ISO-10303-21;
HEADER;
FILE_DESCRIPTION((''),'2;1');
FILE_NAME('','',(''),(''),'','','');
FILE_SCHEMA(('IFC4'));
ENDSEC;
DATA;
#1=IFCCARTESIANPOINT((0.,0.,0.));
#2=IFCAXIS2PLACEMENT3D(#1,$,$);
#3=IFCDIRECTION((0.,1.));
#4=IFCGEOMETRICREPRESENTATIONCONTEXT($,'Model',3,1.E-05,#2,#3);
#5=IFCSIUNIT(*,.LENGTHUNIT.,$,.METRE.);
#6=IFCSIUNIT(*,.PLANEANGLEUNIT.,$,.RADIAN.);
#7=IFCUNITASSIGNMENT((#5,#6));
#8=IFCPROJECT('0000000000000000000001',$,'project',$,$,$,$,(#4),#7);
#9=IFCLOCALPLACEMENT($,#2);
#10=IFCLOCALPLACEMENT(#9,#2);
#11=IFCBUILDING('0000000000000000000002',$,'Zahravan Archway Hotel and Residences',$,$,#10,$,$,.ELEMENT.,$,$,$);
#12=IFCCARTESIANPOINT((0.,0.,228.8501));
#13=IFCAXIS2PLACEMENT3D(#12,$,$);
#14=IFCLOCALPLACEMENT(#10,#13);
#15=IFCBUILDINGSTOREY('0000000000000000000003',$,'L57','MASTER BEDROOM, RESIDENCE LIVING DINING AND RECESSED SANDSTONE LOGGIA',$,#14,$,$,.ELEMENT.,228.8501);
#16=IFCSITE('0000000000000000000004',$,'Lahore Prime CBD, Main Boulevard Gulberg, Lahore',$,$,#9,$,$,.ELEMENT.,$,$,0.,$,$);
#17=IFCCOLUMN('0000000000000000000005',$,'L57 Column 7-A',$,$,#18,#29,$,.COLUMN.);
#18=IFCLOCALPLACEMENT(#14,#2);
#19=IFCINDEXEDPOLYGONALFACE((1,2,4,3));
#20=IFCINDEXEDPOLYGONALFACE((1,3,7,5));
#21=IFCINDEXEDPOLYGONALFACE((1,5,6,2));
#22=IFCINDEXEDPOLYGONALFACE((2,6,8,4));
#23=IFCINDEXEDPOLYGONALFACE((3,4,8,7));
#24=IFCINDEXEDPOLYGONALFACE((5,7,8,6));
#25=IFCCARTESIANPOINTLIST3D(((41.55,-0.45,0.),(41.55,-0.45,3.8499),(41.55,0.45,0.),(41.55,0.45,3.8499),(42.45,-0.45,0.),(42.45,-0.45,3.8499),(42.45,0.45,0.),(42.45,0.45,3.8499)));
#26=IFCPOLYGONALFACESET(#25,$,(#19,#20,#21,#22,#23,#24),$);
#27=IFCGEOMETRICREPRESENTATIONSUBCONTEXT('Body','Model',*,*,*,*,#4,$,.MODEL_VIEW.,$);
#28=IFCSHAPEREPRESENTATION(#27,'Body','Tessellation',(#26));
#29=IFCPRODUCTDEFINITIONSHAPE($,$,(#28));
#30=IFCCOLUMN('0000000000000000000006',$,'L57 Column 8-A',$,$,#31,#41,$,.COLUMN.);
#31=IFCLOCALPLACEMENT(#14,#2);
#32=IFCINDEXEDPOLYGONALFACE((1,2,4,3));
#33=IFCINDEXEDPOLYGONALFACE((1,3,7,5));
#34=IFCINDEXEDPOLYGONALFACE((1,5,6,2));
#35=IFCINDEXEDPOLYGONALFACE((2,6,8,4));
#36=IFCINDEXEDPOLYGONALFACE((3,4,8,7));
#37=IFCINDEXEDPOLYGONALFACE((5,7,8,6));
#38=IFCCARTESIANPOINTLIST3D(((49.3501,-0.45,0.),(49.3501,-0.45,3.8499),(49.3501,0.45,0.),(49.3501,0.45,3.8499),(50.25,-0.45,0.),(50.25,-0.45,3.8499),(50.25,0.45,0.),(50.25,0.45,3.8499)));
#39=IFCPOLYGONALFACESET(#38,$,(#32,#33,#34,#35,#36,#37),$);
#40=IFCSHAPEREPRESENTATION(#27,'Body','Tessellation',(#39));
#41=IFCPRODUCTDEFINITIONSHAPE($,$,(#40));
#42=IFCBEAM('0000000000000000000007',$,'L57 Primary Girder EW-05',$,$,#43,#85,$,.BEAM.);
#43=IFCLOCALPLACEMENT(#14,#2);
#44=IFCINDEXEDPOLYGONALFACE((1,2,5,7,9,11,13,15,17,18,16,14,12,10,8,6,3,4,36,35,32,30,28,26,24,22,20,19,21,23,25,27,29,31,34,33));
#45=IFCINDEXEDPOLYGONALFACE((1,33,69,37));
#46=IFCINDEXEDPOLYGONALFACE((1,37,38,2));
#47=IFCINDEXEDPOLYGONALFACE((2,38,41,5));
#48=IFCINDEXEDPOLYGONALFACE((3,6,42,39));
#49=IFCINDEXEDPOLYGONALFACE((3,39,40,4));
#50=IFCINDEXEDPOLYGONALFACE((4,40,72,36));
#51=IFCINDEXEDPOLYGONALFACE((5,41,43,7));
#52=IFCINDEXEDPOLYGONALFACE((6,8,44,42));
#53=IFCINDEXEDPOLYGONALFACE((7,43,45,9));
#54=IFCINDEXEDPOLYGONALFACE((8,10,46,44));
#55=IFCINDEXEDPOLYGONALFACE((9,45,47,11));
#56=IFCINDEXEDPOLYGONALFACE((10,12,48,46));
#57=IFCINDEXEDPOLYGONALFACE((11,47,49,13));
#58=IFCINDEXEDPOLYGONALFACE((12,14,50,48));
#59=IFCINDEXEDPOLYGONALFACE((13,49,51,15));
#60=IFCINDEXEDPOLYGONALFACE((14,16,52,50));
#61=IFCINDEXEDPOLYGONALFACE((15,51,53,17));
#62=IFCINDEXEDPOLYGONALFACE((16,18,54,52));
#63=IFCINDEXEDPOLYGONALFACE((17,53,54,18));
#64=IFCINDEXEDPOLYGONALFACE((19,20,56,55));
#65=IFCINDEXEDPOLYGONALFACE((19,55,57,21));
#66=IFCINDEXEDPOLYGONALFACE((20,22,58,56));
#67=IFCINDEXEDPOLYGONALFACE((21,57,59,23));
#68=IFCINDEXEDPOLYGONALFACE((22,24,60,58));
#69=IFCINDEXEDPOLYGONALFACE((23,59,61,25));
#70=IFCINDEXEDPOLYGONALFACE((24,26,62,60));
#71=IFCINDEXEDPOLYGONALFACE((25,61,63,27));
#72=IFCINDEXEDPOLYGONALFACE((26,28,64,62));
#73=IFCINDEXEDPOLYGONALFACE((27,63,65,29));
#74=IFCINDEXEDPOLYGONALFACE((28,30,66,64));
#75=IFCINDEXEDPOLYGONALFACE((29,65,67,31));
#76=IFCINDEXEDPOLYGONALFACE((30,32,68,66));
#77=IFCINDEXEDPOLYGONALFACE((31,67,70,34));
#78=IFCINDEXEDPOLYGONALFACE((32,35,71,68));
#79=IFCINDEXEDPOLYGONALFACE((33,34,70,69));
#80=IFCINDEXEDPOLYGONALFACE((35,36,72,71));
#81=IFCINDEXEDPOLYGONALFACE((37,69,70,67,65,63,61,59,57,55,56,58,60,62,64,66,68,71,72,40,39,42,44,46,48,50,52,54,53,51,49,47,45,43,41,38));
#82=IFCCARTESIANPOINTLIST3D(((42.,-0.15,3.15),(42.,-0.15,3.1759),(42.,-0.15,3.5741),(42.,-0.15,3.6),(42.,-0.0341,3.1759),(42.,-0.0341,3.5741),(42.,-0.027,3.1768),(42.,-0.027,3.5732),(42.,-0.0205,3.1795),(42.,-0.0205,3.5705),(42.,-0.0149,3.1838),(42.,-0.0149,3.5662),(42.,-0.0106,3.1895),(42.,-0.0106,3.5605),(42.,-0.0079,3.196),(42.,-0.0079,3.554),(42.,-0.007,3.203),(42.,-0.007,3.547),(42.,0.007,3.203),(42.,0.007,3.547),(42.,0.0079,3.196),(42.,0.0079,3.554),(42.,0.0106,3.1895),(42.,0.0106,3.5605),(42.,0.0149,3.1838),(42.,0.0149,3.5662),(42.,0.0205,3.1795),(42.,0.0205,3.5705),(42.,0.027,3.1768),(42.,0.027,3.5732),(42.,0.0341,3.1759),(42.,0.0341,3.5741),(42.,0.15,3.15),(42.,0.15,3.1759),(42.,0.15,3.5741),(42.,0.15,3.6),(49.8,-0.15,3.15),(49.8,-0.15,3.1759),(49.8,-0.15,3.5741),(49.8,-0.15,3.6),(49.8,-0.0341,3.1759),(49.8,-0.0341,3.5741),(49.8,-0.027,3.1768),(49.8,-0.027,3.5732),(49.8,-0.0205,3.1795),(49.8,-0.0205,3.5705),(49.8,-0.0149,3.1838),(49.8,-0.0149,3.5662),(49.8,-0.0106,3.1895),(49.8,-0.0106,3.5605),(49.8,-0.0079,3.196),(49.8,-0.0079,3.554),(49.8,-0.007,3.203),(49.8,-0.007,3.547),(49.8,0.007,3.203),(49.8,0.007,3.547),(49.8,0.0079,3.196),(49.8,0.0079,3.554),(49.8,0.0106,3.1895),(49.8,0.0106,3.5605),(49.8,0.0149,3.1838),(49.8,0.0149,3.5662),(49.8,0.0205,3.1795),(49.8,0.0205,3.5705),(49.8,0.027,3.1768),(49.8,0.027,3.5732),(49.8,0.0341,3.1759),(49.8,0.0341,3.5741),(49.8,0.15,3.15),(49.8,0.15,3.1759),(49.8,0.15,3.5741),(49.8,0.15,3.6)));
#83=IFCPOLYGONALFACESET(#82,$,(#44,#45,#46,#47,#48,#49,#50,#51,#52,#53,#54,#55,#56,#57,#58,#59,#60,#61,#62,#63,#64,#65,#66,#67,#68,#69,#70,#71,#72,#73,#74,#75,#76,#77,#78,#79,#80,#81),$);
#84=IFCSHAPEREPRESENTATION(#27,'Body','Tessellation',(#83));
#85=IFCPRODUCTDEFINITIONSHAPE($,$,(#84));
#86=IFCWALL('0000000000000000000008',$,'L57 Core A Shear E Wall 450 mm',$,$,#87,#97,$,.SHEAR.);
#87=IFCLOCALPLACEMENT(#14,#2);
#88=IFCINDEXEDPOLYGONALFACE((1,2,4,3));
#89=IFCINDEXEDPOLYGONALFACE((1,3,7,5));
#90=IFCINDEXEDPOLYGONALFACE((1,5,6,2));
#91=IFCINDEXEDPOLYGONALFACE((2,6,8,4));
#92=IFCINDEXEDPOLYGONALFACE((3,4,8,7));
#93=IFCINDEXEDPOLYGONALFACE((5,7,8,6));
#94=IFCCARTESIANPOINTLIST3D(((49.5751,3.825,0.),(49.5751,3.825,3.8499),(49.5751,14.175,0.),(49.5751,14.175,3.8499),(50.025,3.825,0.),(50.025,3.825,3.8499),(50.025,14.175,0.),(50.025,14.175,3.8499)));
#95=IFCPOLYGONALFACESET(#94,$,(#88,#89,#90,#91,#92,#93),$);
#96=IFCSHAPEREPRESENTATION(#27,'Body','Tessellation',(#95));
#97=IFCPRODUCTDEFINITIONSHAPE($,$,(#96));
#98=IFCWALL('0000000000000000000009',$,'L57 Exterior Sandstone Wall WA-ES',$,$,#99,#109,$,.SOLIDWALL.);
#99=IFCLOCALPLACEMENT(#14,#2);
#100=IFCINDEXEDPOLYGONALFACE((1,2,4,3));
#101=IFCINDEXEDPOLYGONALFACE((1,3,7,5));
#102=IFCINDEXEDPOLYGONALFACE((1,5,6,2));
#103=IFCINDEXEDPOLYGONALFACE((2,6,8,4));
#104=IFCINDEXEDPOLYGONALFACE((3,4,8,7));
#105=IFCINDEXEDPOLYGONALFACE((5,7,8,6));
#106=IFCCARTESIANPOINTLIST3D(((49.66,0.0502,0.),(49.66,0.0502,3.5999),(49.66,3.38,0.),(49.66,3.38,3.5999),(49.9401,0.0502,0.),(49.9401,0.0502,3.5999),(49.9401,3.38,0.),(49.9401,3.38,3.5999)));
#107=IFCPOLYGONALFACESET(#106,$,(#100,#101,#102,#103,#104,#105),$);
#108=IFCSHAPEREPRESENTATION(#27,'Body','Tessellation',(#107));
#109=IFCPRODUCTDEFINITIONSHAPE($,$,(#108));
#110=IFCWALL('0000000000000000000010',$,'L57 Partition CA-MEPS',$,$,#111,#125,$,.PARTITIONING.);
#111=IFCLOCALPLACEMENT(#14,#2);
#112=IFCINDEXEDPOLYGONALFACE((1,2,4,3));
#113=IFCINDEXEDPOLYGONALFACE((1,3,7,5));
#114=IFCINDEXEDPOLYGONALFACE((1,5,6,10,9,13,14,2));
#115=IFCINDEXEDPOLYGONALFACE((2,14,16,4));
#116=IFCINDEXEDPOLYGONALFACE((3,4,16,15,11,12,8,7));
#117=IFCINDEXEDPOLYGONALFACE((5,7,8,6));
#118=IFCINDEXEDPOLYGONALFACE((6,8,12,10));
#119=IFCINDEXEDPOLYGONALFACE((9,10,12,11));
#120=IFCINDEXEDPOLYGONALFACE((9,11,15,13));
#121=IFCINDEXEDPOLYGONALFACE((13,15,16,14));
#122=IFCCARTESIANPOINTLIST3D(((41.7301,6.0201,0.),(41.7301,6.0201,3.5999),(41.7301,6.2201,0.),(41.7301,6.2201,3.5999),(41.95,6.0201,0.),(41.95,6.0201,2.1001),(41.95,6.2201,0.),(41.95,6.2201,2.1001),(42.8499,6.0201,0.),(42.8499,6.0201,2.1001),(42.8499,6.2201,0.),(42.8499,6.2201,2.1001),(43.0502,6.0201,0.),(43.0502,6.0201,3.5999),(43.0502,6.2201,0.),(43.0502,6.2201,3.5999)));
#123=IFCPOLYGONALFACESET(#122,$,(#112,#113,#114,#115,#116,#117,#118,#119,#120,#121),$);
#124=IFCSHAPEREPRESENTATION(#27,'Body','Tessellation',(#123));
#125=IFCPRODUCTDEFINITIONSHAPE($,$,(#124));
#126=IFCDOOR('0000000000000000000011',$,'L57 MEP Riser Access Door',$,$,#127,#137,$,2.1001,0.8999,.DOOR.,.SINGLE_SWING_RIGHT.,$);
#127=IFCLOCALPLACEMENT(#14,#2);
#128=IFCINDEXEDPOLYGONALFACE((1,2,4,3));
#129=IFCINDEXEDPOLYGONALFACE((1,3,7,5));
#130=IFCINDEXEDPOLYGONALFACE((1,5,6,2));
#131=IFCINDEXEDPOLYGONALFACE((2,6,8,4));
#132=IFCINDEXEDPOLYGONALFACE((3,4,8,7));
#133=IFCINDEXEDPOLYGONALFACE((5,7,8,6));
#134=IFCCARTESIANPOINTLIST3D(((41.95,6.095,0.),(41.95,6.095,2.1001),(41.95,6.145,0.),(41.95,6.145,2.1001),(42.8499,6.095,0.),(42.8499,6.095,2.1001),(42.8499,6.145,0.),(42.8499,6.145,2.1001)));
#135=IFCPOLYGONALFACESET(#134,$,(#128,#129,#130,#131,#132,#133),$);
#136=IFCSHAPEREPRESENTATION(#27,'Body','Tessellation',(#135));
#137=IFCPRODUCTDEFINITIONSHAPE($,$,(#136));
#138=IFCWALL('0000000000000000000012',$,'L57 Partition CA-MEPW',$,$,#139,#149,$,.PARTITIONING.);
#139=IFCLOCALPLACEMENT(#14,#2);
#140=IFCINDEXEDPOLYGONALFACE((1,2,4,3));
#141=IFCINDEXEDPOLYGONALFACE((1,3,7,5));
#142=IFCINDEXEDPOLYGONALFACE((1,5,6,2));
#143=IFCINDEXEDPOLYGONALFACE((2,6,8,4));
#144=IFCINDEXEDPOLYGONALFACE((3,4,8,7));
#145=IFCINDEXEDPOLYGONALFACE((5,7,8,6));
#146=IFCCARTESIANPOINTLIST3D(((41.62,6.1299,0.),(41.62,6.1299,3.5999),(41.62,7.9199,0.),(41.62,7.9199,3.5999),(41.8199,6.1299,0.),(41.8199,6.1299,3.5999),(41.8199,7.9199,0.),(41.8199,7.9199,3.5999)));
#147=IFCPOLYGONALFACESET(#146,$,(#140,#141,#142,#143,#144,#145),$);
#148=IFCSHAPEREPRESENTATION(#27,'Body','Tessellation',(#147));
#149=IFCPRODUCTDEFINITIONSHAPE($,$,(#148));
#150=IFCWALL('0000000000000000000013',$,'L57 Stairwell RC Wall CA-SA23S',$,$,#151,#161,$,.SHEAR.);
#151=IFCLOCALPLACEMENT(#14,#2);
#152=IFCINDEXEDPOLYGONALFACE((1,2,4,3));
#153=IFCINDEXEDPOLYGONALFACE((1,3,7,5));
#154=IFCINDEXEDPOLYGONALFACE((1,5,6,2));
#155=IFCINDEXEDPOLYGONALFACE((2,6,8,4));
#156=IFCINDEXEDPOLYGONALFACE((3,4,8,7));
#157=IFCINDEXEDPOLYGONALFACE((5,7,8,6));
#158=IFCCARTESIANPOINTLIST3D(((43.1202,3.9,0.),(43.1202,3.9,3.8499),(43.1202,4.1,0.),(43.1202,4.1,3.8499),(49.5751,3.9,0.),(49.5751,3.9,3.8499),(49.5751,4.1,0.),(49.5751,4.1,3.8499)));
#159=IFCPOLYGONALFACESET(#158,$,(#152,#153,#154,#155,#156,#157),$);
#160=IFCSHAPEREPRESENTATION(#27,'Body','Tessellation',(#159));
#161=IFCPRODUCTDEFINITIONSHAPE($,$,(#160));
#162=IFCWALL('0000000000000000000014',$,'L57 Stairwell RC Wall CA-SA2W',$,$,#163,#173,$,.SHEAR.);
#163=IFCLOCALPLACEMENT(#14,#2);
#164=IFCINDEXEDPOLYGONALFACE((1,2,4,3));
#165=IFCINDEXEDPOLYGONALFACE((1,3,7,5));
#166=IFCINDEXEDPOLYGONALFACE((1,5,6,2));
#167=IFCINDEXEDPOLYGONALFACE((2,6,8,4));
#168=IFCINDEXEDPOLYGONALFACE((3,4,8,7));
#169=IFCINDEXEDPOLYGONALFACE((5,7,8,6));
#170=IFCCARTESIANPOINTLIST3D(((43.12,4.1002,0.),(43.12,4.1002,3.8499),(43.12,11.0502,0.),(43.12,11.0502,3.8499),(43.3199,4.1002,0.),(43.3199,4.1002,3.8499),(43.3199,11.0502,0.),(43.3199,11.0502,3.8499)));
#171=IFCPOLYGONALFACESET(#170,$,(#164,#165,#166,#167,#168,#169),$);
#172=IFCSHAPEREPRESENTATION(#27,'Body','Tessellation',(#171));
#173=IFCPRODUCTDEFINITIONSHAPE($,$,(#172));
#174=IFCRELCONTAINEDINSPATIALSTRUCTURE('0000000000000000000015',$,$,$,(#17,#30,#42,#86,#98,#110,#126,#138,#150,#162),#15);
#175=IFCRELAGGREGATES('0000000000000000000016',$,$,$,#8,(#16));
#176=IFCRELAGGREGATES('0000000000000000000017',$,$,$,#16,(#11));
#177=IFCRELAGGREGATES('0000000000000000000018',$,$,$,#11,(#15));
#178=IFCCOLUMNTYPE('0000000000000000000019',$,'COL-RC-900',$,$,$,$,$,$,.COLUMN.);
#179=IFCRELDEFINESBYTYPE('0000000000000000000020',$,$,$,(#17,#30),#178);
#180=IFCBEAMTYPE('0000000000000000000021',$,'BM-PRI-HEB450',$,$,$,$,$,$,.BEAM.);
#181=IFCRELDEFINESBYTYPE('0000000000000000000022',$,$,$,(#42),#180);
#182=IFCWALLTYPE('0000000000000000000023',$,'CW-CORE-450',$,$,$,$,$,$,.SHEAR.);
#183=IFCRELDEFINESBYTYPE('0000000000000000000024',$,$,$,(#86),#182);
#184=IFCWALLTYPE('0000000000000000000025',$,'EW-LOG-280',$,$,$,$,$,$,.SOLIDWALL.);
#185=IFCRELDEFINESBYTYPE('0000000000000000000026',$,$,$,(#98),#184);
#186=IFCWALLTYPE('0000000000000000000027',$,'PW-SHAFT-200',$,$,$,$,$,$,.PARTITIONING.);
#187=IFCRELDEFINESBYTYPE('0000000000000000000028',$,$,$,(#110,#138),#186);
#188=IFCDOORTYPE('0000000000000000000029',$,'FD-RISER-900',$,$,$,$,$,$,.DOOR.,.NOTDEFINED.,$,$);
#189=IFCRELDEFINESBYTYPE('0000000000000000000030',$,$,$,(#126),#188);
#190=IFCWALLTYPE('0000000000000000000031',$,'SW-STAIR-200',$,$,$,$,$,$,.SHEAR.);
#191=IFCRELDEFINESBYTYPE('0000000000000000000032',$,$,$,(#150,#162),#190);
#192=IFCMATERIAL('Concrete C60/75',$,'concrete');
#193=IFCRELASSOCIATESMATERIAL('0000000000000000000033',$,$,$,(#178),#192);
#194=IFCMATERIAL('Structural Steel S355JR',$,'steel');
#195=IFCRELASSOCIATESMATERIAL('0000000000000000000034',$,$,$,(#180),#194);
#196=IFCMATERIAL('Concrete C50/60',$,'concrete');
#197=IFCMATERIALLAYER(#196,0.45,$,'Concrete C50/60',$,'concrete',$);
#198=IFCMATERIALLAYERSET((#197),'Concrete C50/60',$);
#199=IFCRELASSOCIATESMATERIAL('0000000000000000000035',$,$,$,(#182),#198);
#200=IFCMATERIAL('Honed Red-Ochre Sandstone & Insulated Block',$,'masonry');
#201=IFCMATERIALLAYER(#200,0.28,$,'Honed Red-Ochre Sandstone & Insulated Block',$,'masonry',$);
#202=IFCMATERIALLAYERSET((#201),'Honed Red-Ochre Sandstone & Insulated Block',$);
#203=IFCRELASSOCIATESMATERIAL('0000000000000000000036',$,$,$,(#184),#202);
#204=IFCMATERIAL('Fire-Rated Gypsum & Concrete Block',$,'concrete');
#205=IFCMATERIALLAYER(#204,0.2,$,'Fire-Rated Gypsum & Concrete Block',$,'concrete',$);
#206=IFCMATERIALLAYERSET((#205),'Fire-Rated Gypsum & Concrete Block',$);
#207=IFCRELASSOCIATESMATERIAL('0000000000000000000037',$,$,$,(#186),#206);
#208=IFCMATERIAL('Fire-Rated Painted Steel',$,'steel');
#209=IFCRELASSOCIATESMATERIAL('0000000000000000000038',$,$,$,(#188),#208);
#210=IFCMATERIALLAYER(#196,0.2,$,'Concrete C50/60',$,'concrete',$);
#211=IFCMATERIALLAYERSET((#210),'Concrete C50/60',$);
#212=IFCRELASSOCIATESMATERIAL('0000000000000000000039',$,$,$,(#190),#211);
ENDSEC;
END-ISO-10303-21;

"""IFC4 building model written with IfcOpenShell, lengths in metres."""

from ifc_helpers import new_model, si_unit, direction, frame, frame_2d, origin, origin_2d, place, context, subcontext, project, spatial, rectangle, i_section, extrude, source, transform, mapped, material, layer, layer_set, material_profile, profile_set, type_object, type_shapes, element, fill, save


model = new_model("IFC4")

# Units and contexts
model_context = context("Model", 3, precision=1e-05, world=origin(), true_north=direction((0.0, 1.0)))
body_context = subcontext(model_context, "Body", "Model", "MODEL_VIEW")
ifc_project = project(units=[si_unit("LENGTHUNIT", "METRE"), si_unit("PLANEANGLEUNIT", "RADIAN")], contexts=[model_context])

# Site, building, storey
site_placement = place(None, origin())
site = spatial("IfcSite", under=ifc_project, at=site_placement, Name="Lahore Prime CBD, Main Boulevard Gulberg, Lahore", CompositionType="ELEMENT", RefElevation=0.0)
building_placement = place(site_placement, origin())
building = spatial("IfcBuilding", under=site, at=building_placement, Name="Zahravan Archway Hotel and Residences", CompositionType="ELEMENT")
storey_placement = place(building_placement, frame((0.0, 0.0, 228.8501)))
storey = spatial("IfcBuildingStorey", under=building, at=storey_placement, Name="L57", Description="MASTER BEDROOM, RESIDENCE LIVING DINING AND RECESSED SANDSTONE LOGGIA", CompositionType="ELEMENT", Elevation=228.8501)

# Columns
ifc_material_1 = material(Name="Concrete C60/75", Category="concrete")
ifc_material_profile_1 = material_profile(ifc_material_1, rectangle(XDim=0.8999, YDim=0.8999, at=origin_2d()), Name="RC-COL-900x900", Category="concrete")
ifc_profile_set_1 = profile_set([ifc_material_profile_1], Name="Concrete C60/75")
column_type = type_object("IfcColumnType", Name="COL-RC-900", PredefinedType="COLUMN", material=ifc_profile_set_1)
shared_shape_1 = source(origin(), body_context, "Body", "SweptSolid", [
    extrude(rectangle(XDim=0.8999, YDim=0.8999, at=origin_2d()), origin(), (0.0, 0.0, 1.0), 3.8499),
])
for number, where, z_axis, x_axis, name in (
    (1, (42.0, 0.0, 0.0), (0.0, 0.0, 1.0), (1.0, 0.0, 0.0), "L57 Column 7-A"),
    (2, (49.8, 0.0, 0.0), (0.0, 0.0, 1.0), (1.0, 0.0, 0.0), "L57 Column 8-A"),
):
    element("IfcColumn", number, at=place(storey_placement, frame(where, z_axis=z_axis, x_axis=x_axis)), inside=storey, type_object=column_type, Name=name, PredefinedType="COLUMN", context=body_context, shape_type="MappedRepresentation", body=[
        mapped(shared_shape_1, transform((0.0, 0.0, 0.0), scale=1.0)),
    ])

# Beam
ifc_material_2 = material(Name="Structural Steel S355JR", Category="steel")
ifc_material_profile_2 = material_profile(ifc_material_2, i_section(OverallWidth=0.3, OverallDepth=0.45, WebThickness=0.0139, FlangeThickness=0.0259, FilletRadius=0.0271, at=origin_2d()), Name="HEB 450", Category="steel")
ifc_profile_set_2 = profile_set([ifc_material_profile_2], Name="Structural Steel S355JR")
beam_type = type_object("IfcBeamType", Name="BM-PRI-HEB450", PredefinedType="BEAM", material=ifc_profile_set_2)
shared_shape_2 = source(origin(), body_context, "Body", "SweptSolid", [
    extrude(i_section(OverallWidth=0.3, OverallDepth=0.45, WebThickness=0.0139, FlangeThickness=0.0259, FilletRadius=0.0271, at=origin_2d()), origin(), (0.0, 0.0, 1.0), 7.8),
])
beam_placement = place(storey_placement, frame((42.0, 0.0, 3.375), z_axis=(1.0, 0.0, 0.0), x_axis=(0.0, 1.0, 0.0)))
element("IfcBeam", 3, at=beam_placement, inside=storey, type_object=beam_type, Name="L57 Primary Girder EW-05", PredefinedType="BEAM", context=body_context, shape_type="MappedRepresentation", body=[
    mapped(shared_shape_2, transform((0.0, 0.0, 0.0), scale=1.0)),
])

# Walls
ifc_material_3 = material(Name="Concrete C50/60", Category="concrete")
ifc_layer_1 = layer(ifc_material_3, 0.45, Name="Concrete C50/60", Category="concrete")
ifc_layer_set_1 = layer_set([ifc_layer_1], Name="Concrete C50/60")
wall_type_1 = type_object("IfcWallType", Name="CW-CORE-450", PredefinedType="SHEAR", material=ifc_layer_set_1)
wall_1_placement = place(storey_placement, frame((49.8, 3.825, 0.0), z_axis=(0.0, 0.0, 1.0), x_axis=(0.0, 1.0, 0.0)))
element("IfcWall", 4, at=wall_1_placement, inside=storey, type_object=wall_type_1, Name="L57 Core A Shear E Wall 450 mm", PredefinedType="SHEAR", context=body_context, shape_type="SweptSolid", body=[
    extrude(rectangle(XDim=10.3501, YDim=0.45, at=frame_2d((5.175, 0.0))), origin(), (0.0, 0.0, 1.0), 3.8499),
])
ifc_material_4 = material(Name="Honed Red-Ochre Sandstone & Insulated Block", Category="masonry")
ifc_layer_2 = layer(ifc_material_4, 0.28, Name="Honed Red-Ochre Sandstone & Insulated Block", Category="masonry")
ifc_layer_set_2 = layer_set([ifc_layer_2], Name="Honed Red-Ochre Sandstone & Insulated Block")
wall_type_2 = type_object("IfcWallType", Name="EW-LOG-280", PredefinedType="SOLIDWALL", material=ifc_layer_set_2)
wall_2_placement = place(storey_placement, frame((49.8, 0.05, 0.0), z_axis=(0.0, 0.0, 1.0), x_axis=(0.0, 1.0, 0.0)))
element("IfcWall", 5, at=wall_2_placement, inside=storey, type_object=wall_type_2, Name="L57 Exterior Sandstone Wall WA-ES", PredefinedType="SOLIDWALL", context=body_context, shape_type="SweptSolid", body=[
    extrude(rectangle(XDim=3.3298, YDim=0.28, at=frame_2d((1.665, 0.0))), origin(), (0.0, 0.0, 1.0), 3.5999),
])

# Wall, opening, door
ifc_material_5 = material(Name="Fire-Rated Gypsum & Concrete Block", Category="concrete")
ifc_layer_3 = layer(ifc_material_5, 0.2, Name="Fire-Rated Gypsum & Concrete Block", Category="concrete")
ifc_layer_set_3 = layer_set([ifc_layer_3], Name="Fire-Rated Gypsum & Concrete Block")
wall_type_3 = type_object("IfcWallType", Name="PW-SHAFT-200", PredefinedType="PARTITIONING", material=ifc_layer_set_3)
wall_3_placement = place(storey_placement, frame((41.73, 6.1201, 0.0), z_axis=(0.0, 0.0, 1.0), x_axis=(1.0, 0.0, 0.0)))
wall_3 = element("IfcWall", 6, at=wall_3_placement, inside=storey, type_object=wall_type_3, Name="L57 Partition CA-MEPS", PredefinedType="PARTITIONING", context=body_context, shape_type="SweptSolid", body=[
    extrude(rectangle(XDim=1.3201, YDim=0.2, at=frame_2d((0.6602, 0.0))), origin(), (0.0, 0.0, 1.0), 3.5999),
])
opening_placement = place(wall_3_placement, frame((0.22, 0.0, 0.0)))
opening = element("IfcOpeningElement", 7, at=opening_placement, cuts=wall_3, PredefinedType="OPENING", context=body_context, shape_type="SweptSolid", body=[
    extrude(rectangle(XDim=0.8999, YDim=2.1001, at=frame_2d((0.45, 1.05))), frame((0.0, 0.1099, 0.0), z_axis=(0.0, -1.0, 0.0), x_axis=(1.0, 0.0, 0.0)), (0.0, 0.0, 1.0), 0.22),
])
ifc_material_6 = material(Name="Fire-Rated Painted Steel", Category="steel")
door_type = type_object("IfcDoorType", Name="FD-RISER-900", OperationType="NOTDEFINED", PredefinedType="DOOR", material=ifc_material_6)
shared_shape_3 = source(origin(), body_context, "Body", "SweptSolid", [
    extrude(rectangle(XDim=0.8999, YDim=2.1001, at=frame_2d((0.45, 1.05))), frame((0.0, 0.0249, 0.0), z_axis=(0.0, -1.0, 0.0), x_axis=(1.0, 0.0, 0.0)), (0.0, 0.0, 1.0), 0.05),
])
type_shapes(door_type, [shared_shape_3])
door_placement = place(opening_placement, origin())
door = element("IfcDoor", 8, at=door_placement, inside=storey, type_object=door_type, Name="L57 MEP Riser Access Door", OperationType="SINGLE_SWING_RIGHT", OverallHeight=2.1001, OverallWidth=0.8999, PredefinedType="DOOR", context=body_context, shape_type="MappedRepresentation", body=[
    mapped(shared_shape_3, transform((0.0, 0.0, 0.0), scale=1.0)),
])
fill(opening, door)

# Walls
wall_4_placement = place(storey_placement, frame((41.72, 6.1299, 0.0), z_axis=(0.0, 0.0, 1.0), x_axis=(0.0, 1.0, 0.0)))
element("IfcWall", 9, at=wall_4_placement, inside=storey, type_object=wall_type_3, Name="L57 Partition CA-MEPW", PredefinedType="PARTITIONING", context=body_context, shape_type="SweptSolid", body=[
    extrude(rectangle(XDim=1.79, YDim=0.2, at=frame_2d((0.895, 0.0))), origin(), (0.0, 0.0, 1.0), 3.5999),
])
ifc_layer_4 = layer(ifc_material_3, 0.2, Name="Concrete C50/60", Category="concrete")
ifc_layer_set_4 = layer_set([ifc_layer_4], Name="Concrete C50/60")
wall_type_4 = type_object("IfcWallType", Name="SW-STAIR-200", PredefinedType="SHEAR", material=ifc_layer_set_4)
wall_5_placement = place(storey_placement, frame((43.1201, 4.0, 0.0), z_axis=(0.0, 0.0, 1.0), x_axis=(1.0, 0.0, 0.0)))
element("IfcWall", 10, at=wall_5_placement, inside=storey, type_object=wall_type_4, Name="L57 Stairwell RC Wall CA-SA23S", PredefinedType="SHEAR", context=body_context, shape_type="SweptSolid", body=[
    extrude(rectangle(XDim=6.4548, YDim=0.2, at=frame_2d((3.2275, 0.0))), origin(), (0.0, 0.0, 1.0), 3.8499),
])
for number, where, z_axis, x_axis, name in (
    (11, (43.22, 4.1001, 0.0), (0.0, 0.0, 1.0), (0.0, 1.0, 0.0), "L57 Stairwell RC Wall CA-SA2W"),
):
    element("IfcWall", number, at=place(storey_placement, frame(where, z_axis=z_axis, x_axis=x_axis)), inside=storey, type_object=wall_type_4, Name=name, PredefinedType="SHEAR", context=body_context, shape_type="SweptSolid", body=[
        extrude(rectangle(XDim=6.95, YDim=0.2, at=frame_2d((3.4751, 0.0))), origin(), (0.0, 0.0, 1.0), 3.8499),
    ])

save(model, "model.ifc")
